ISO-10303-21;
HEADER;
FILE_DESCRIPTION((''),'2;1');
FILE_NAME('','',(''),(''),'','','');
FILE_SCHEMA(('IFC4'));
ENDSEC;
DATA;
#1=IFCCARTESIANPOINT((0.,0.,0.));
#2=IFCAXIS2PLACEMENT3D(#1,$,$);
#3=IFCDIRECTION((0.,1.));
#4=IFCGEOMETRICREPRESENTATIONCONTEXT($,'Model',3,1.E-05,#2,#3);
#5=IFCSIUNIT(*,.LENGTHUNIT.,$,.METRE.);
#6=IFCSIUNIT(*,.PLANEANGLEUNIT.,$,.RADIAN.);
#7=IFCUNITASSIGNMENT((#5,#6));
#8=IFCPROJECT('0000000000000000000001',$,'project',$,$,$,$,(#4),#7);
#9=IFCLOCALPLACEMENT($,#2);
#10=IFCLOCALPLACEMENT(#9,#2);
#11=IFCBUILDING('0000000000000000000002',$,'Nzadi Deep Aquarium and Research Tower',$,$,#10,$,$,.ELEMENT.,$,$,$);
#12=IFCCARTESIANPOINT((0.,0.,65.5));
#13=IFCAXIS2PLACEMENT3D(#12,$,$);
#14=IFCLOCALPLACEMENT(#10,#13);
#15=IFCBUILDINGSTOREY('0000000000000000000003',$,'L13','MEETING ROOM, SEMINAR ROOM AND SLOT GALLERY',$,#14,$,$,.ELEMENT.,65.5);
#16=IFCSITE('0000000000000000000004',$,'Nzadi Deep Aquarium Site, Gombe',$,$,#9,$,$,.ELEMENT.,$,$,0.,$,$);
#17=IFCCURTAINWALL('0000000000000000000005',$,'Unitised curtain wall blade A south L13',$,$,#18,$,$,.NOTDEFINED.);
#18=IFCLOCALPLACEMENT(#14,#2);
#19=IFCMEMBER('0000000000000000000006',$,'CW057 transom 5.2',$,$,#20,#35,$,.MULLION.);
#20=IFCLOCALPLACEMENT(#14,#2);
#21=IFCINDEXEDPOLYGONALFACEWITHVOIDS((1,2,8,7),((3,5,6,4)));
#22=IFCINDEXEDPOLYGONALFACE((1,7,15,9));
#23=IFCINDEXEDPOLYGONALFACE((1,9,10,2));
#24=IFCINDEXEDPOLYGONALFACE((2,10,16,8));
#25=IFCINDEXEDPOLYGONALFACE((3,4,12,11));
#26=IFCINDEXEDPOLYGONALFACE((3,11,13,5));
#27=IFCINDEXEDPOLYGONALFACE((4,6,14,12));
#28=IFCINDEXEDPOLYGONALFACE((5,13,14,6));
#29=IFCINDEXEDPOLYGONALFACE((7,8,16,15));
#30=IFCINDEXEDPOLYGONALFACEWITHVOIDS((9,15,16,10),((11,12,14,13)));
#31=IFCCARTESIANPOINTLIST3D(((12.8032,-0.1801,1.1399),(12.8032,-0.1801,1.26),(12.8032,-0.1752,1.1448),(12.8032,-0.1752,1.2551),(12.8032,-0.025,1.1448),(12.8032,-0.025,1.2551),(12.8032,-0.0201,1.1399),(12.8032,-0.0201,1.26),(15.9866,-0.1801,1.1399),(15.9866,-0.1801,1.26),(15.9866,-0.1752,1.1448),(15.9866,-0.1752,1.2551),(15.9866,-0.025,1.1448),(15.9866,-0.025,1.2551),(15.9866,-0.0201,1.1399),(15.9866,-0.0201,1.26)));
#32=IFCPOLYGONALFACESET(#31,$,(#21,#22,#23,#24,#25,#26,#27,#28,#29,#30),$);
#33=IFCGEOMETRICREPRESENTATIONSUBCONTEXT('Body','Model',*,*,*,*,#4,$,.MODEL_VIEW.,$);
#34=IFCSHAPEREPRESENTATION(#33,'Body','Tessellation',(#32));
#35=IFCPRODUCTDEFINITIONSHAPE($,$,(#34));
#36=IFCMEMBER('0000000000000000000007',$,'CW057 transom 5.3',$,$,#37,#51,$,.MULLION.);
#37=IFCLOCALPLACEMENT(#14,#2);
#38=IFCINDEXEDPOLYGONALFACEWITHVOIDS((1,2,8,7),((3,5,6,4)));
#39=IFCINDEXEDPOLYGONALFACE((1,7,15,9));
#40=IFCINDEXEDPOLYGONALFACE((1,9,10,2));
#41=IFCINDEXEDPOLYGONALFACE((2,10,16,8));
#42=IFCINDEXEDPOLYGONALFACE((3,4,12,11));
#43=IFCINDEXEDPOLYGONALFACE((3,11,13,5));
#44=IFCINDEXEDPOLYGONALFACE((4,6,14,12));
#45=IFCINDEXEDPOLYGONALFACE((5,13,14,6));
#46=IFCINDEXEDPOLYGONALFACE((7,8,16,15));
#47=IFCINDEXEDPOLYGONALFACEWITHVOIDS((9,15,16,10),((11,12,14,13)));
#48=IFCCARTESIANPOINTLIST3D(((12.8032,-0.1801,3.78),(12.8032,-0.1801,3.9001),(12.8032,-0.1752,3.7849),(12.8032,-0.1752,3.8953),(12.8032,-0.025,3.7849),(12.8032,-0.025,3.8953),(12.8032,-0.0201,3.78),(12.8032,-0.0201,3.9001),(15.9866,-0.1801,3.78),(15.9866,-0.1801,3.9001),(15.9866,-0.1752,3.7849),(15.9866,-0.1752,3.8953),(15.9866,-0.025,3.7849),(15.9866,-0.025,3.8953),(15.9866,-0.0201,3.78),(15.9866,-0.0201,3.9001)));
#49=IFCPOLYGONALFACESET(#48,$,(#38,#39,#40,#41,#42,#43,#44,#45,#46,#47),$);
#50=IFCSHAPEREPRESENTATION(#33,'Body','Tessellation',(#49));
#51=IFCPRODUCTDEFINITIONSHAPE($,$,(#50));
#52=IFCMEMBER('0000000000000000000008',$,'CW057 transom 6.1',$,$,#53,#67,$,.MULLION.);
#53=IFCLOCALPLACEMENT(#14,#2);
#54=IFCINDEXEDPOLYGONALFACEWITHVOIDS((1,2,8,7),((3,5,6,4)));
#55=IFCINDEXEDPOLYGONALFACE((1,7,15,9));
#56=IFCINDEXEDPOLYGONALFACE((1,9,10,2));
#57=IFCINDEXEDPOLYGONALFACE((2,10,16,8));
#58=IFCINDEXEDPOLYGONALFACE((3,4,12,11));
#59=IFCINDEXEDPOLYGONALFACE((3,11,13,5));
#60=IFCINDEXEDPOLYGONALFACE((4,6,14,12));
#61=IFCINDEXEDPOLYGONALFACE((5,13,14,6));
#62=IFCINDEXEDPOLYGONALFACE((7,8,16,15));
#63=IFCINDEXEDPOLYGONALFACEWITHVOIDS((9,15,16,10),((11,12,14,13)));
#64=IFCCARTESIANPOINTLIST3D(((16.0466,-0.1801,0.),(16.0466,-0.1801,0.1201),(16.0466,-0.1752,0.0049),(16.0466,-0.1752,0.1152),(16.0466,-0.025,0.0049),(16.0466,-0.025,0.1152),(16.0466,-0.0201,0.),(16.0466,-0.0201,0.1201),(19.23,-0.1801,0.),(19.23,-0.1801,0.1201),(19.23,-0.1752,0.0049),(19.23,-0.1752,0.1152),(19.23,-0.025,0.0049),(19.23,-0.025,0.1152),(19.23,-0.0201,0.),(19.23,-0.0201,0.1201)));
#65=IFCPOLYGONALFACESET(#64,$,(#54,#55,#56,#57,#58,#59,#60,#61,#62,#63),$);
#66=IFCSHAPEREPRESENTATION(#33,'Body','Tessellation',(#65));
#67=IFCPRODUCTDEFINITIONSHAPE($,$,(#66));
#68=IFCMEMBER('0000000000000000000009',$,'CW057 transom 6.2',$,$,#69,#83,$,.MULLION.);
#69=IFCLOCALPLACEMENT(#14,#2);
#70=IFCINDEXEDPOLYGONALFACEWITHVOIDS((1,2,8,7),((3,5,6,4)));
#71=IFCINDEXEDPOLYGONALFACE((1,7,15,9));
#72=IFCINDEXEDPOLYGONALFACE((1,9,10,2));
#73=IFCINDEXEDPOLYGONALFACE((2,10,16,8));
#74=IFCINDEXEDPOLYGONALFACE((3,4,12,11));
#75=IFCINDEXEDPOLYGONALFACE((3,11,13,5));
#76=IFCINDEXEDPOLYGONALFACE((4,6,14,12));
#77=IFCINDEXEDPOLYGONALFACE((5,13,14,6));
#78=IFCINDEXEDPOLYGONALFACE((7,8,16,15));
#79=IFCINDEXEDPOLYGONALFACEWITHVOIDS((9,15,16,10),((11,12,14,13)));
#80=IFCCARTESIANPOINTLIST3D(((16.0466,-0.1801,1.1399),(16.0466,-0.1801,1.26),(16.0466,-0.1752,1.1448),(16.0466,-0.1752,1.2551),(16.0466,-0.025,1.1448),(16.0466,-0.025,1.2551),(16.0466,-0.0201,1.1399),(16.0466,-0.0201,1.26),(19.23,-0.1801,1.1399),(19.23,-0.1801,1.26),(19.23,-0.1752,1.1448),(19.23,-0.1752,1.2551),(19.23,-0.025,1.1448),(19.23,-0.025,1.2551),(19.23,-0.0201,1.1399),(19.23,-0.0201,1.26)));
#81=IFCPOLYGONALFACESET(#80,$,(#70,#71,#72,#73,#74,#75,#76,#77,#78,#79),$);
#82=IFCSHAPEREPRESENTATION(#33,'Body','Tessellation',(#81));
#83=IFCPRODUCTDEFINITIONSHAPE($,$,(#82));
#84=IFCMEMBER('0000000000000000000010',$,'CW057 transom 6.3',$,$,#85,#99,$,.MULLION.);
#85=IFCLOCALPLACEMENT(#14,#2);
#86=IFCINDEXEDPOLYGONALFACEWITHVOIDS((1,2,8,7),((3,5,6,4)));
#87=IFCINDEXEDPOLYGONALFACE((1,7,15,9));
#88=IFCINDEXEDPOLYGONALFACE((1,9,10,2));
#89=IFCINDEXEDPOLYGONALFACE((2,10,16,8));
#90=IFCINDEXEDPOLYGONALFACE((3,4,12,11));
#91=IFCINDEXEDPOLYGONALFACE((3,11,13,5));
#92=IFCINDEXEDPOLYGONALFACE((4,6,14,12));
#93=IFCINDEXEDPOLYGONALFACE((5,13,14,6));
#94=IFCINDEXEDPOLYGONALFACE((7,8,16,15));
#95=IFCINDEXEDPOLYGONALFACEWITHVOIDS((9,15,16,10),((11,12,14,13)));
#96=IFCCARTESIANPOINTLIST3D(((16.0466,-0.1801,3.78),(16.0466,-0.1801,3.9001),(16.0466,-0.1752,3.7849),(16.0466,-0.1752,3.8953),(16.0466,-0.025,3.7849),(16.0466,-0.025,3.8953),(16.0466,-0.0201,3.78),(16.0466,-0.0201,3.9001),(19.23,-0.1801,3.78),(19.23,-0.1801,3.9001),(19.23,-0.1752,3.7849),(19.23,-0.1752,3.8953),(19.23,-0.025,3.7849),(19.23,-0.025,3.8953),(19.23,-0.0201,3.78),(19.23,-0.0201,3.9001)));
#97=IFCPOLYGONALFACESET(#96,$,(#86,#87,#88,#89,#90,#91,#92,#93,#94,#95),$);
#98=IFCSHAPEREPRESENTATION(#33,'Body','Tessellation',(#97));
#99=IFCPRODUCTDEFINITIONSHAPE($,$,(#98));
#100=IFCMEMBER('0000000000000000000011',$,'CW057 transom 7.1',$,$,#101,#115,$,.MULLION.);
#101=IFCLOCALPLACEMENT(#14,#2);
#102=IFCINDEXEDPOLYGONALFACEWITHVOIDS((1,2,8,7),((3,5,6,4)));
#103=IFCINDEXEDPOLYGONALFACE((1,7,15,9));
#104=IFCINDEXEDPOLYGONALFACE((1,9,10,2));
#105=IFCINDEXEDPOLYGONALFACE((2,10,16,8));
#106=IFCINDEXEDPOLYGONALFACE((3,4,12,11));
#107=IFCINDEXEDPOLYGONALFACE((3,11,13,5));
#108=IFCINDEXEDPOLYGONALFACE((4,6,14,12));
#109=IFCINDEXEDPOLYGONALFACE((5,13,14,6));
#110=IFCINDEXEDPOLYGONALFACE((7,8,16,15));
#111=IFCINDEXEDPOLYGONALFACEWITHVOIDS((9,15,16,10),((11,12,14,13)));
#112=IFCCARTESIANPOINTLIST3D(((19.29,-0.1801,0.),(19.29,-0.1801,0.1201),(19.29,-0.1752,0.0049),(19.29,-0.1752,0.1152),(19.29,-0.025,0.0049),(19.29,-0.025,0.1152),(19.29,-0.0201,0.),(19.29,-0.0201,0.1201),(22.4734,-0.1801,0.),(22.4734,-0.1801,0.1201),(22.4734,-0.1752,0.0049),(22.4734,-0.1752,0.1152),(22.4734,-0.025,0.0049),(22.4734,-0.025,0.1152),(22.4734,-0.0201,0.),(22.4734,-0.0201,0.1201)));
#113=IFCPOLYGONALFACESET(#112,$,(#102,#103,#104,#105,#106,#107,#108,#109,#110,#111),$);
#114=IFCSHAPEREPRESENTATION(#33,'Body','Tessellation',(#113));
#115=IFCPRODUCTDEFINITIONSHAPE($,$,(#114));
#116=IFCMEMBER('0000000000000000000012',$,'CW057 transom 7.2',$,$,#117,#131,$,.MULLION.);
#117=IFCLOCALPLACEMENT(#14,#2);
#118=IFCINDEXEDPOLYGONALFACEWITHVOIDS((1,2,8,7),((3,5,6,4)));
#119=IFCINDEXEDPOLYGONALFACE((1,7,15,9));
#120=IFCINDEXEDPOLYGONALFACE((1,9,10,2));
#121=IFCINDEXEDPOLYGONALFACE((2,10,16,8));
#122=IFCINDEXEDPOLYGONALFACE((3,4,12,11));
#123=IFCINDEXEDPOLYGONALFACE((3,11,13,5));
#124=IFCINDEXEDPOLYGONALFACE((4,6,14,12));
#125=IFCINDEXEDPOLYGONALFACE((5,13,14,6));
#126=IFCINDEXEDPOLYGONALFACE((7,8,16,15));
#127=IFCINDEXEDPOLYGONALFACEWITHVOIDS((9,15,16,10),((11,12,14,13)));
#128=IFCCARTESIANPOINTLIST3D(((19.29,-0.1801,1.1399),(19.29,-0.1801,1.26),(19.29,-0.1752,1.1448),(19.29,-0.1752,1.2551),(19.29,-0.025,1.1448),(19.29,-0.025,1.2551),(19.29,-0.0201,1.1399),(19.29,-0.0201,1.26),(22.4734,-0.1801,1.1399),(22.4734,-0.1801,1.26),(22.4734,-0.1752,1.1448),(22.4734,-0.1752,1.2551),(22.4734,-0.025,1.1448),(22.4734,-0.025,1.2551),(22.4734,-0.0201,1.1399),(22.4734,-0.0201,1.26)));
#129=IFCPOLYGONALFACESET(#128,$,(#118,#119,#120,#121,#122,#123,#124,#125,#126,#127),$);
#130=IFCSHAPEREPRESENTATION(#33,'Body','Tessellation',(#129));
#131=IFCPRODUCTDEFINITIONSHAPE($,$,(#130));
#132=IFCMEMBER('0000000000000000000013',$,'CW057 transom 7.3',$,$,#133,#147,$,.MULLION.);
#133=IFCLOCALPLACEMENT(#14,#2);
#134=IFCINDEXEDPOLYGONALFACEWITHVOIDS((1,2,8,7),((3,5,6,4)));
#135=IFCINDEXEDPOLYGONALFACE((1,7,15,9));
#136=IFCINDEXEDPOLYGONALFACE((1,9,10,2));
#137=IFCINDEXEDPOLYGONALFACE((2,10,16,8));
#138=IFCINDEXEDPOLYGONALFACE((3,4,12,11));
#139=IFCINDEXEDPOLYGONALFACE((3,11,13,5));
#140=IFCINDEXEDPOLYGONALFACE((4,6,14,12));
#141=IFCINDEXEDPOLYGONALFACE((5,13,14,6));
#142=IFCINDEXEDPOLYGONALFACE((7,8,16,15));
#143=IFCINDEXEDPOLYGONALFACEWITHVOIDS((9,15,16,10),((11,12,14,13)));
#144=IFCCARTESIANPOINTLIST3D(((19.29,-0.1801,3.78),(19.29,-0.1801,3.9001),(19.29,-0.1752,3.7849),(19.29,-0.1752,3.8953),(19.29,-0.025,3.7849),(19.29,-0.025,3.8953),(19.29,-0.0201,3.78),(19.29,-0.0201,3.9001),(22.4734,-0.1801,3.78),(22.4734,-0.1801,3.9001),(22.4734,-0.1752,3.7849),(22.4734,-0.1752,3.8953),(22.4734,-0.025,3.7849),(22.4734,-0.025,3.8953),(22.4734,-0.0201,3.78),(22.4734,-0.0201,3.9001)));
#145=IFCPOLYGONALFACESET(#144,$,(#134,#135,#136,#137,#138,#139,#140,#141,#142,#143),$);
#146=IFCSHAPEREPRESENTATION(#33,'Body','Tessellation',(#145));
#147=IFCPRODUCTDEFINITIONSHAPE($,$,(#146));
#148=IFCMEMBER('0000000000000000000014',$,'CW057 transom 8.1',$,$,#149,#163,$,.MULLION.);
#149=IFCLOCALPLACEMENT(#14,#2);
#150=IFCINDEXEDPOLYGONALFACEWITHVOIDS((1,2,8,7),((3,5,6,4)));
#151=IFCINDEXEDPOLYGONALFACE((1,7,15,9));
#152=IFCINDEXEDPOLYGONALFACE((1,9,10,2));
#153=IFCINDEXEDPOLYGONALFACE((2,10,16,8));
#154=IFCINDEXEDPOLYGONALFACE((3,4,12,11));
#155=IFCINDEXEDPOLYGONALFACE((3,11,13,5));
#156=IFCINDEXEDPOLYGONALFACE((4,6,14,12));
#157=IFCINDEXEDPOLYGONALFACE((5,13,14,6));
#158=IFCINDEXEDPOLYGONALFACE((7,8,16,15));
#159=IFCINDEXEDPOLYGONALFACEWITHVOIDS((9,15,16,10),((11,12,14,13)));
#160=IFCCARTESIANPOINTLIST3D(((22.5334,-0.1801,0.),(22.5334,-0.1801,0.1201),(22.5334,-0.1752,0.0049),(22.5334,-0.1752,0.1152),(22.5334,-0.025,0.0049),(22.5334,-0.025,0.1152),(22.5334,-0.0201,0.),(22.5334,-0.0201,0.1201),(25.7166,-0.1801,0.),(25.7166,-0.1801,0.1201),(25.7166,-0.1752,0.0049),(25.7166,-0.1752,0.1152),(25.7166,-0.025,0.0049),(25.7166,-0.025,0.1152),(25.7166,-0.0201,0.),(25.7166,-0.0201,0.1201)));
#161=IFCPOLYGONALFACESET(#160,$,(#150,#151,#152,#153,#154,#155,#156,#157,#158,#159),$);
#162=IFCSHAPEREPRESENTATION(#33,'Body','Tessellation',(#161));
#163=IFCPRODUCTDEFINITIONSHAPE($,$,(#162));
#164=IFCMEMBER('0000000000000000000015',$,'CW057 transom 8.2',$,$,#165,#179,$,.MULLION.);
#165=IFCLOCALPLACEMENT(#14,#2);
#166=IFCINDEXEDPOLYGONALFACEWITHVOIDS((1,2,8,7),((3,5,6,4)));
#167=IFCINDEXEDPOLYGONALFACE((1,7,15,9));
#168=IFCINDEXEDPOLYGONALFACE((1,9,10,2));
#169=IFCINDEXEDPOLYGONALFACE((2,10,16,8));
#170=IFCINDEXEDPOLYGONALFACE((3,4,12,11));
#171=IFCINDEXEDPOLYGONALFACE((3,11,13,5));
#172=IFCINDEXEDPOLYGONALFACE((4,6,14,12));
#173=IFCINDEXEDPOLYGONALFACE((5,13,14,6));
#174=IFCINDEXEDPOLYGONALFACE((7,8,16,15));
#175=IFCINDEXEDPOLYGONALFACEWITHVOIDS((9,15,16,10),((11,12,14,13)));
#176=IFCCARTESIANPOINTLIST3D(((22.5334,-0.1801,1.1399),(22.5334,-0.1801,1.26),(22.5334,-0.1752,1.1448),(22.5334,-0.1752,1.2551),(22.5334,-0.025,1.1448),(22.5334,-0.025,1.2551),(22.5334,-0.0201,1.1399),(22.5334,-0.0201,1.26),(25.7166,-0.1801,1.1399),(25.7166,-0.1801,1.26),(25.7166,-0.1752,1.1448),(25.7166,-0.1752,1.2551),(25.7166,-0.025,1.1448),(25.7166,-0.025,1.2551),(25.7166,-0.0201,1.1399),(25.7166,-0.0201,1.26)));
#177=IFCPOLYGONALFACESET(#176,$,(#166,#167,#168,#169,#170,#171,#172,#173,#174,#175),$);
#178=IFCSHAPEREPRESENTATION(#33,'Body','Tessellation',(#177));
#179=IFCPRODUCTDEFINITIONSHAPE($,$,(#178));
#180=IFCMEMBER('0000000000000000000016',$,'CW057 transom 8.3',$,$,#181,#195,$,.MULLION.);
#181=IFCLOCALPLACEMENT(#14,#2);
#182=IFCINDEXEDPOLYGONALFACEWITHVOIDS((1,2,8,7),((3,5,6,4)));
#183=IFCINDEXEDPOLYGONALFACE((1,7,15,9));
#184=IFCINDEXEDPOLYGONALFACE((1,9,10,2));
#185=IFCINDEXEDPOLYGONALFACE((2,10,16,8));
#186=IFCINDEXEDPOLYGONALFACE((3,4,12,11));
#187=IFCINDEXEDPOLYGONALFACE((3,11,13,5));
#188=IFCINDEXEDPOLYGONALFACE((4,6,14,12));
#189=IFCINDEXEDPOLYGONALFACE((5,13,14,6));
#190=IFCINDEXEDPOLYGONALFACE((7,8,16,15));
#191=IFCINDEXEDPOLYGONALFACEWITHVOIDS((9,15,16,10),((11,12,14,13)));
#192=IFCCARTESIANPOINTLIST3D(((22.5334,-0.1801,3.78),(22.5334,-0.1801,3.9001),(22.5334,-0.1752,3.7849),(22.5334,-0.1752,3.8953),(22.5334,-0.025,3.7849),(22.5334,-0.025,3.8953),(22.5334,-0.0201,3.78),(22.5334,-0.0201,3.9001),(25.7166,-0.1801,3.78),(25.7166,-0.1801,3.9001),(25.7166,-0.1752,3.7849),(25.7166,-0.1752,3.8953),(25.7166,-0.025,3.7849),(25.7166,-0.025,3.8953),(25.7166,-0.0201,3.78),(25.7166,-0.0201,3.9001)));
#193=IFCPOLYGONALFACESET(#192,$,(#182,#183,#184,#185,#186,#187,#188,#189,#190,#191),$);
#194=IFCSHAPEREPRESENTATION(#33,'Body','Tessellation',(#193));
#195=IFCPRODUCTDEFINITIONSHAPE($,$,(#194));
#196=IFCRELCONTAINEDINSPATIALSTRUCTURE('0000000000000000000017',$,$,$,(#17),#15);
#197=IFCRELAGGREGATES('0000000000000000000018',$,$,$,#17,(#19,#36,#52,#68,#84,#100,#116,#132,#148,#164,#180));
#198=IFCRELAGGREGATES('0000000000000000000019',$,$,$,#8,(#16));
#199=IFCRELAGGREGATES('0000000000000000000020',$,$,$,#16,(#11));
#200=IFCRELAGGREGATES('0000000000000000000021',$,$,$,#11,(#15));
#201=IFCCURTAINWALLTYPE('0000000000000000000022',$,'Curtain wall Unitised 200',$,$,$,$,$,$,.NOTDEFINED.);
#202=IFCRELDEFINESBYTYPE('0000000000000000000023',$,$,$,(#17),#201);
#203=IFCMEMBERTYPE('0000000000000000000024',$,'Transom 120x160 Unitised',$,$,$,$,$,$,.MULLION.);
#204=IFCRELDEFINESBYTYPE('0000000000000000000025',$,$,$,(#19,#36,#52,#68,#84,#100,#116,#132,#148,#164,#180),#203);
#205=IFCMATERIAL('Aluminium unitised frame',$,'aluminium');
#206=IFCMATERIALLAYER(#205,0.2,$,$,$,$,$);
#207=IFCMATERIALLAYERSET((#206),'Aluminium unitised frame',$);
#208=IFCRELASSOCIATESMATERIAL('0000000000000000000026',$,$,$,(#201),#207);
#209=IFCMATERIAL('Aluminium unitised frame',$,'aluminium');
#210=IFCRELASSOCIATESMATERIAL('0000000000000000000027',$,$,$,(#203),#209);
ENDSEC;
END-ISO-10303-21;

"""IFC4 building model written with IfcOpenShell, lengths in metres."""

from ifc_helpers import new_model, si_unit, direction, frame, origin, origin_2d, place, context, subcontext, project, spatial, hollow_rectangle, extrude, material, layer, layer_set, material_profile, profile_set, type_object, element, aggregate, save


model = new_model("IFC4")

# Units and contexts
model_context = context("Model", 3, precision=1e-05, world=origin(), true_north=direction((0.0, 1.0)))
body_context = subcontext(model_context, "Body", "Model", "MODEL_VIEW")
ifc_project = project(units=[si_unit("LENGTHUNIT", "METRE"), si_unit("PLANEANGLEUNIT", "RADIAN")], contexts=[model_context])

# Site, building, storey
site_placement = place(None, origin())
site = spatial("IfcSite", under=ifc_project, at=site_placement, Name="Nzadi Deep Aquarium Site, Gombe", CompositionType="ELEMENT", RefElevation=0.0)
building_placement = place(site_placement, origin())
building = spatial("IfcBuilding", under=site, at=building_placement, Name="Nzadi Deep Aquarium and Research Tower", CompositionType="ELEMENT")
storey_placement = place(building_placement, frame((0.0, 0.0, 65.5)))
storey = spatial("IfcBuildingStorey", under=building, at=storey_placement, Name="L13", Description="MEETING ROOM, SEMINAR ROOM AND SLOT GALLERY", CompositionType="ELEMENT", Elevation=65.5)

# Curtain wall
ifc_material_1 = material(Name="Aluminium unitised frame", Category="aluminium")
ifc_layer_1 = layer(ifc_material_1, 0.2)
ifc_layer_set_1 = layer_set([ifc_layer_1], Name="Aluminium unitised frame")
curtain_wall_type = type_object("IfcCurtainWallType", Name="Curtain wall Unitised 200", PredefinedType="NOTDEFINED", material=ifc_layer_set_1)
curtain_wall_placement = place(storey_placement, origin())
curtain_wall = element("IfcCurtainWall", 1, at=curtain_wall_placement, inside=storey, type_object=curtain_wall_type, Name="Unitised curtain wall blade A south L13", PredefinedType="NOTDEFINED")

# Members
ifc_material_2 = material(Name="Aluminium unitised frame", Category="aluminium")
ifc_material_profile_1 = material_profile(ifc_material_2, hollow_rectangle(XDim=0.1599, YDim=0.1201, WallThickness=0.0049, at=origin_2d()))
ifc_profile_set_1 = profile_set([ifc_material_profile_1], Name="Aluminium unitised frame")
member_type_1 = type_object("IfcMemberType", Name="Transom 120x160 Unitised", PredefinedType="MULLION", material=ifc_profile_set_1)
member_1_placement = place(storey_placement, frame((12.8032, -0.1001, 1.2), z_axis=(1.0, 0.0, 0.0), x_axis=(0.0, 1.0, 0.0)))
member_1 = element("IfcMember", 2, at=member_1_placement, type_object=member_type_1, Name="CW057 transom 5.2", PredefinedType="MULLION", context=body_context, shape_type="SweptSolid", body=[
    extrude(hollow_rectangle(XDim=0.1599, YDim=0.1201, WallThickness=0.0049, at=origin_2d()), origin(), (0.0, 0.0, 1.0), 3.1833),
])
member_2_placement = place(storey_placement, frame((12.8032, -0.1001, 3.8401), z_axis=(1.0, 0.0, 0.0), x_axis=(0.0, 1.0, 0.0)))
member_2 = element("IfcMember", 3, at=member_2_placement, type_object=member_type_1, Name="CW057 transom 5.3", PredefinedType="MULLION", context=body_context, shape_type="SweptSolid", body=[
    extrude(hollow_rectangle(XDim=0.1599, YDim=0.1201, WallThickness=0.0049, at=origin_2d()), origin(), (0.0, 0.0, 1.0), 3.1833),
])
member_3_placement = place(storey_placement, frame((16.0466, -0.1001, 0.0601), z_axis=(1.0, 0.0, 0.0), x_axis=(0.0, 1.0, 0.0)))
member_3 = element("IfcMember", 4, at=member_3_placement, type_object=member_type_1, Name="CW057 transom 6.1", PredefinedType="MULLION", context=body_context, shape_type="SweptSolid", body=[
    extrude(hollow_rectangle(XDim=0.1599, YDim=0.1201, WallThickness=0.0049, at=origin_2d()), origin(), (0.0, 0.0, 1.0), 3.1833),
])
member_4_placement = place(storey_placement, frame((16.0466, -0.1001, 1.2), z_axis=(1.0, 0.0, 0.0), x_axis=(0.0, 1.0, 0.0)))
member_4 = element("IfcMember", 5, at=member_4_placement, type_object=member_type_1, Name="CW057 transom 6.2", PredefinedType="MULLION", context=body_context, shape_type="SweptSolid", body=[
    extrude(hollow_rectangle(XDim=0.1599, YDim=0.1201, WallThickness=0.0049, at=origin_2d()), origin(), (0.0, 0.0, 1.0), 3.1833),
])
member_5_placement = place(storey_placement, frame((16.0466, -0.1001, 3.8401), z_axis=(1.0, 0.0, 0.0), x_axis=(0.0, 1.0, 0.0)))
member_5 = element("IfcMember", 6, at=member_5_placement, type_object=member_type_1, Name="CW057 transom 6.3", PredefinedType="MULLION", context=body_context, shape_type="SweptSolid", body=[
    extrude(hollow_rectangle(XDim=0.1599, YDim=0.1201, WallThickness=0.0049, at=origin_2d()), origin(), (0.0, 0.0, 1.0), 3.1833),
])
member_6_placement = place(storey_placement, frame((19.29, -0.1001, 0.0601), z_axis=(1.0, 0.0, 0.0), x_axis=(0.0, 1.0, 0.0)))
member_6 = element("IfcMember", 7, at=member_6_placement, type_object=member_type_1, Name="CW057 transom 7.1", PredefinedType="MULLION", context=body_context, shape_type="SweptSolid", body=[
    extrude(hollow_rectangle(XDim=0.1599, YDim=0.1201, WallThickness=0.0049, at=origin_2d()), origin(), (0.0, 0.0, 1.0), 3.1833),
])
member_7_placement = place(storey_placement, frame((19.29, -0.1001, 1.2), z_axis=(1.0, 0.0, 0.0), x_axis=(0.0, 1.0, 0.0)))
member_7 = element("IfcMember", 8, at=member_7_placement, type_object=member_type_1, Name="CW057 transom 7.2", PredefinedType="MULLION", context=body_context, shape_type="SweptSolid", body=[
    extrude(hollow_rectangle(XDim=0.1599, YDim=0.1201, WallThickness=0.0049, at=origin_2d()), origin(), (0.0, 0.0, 1.0), 3.1833),
])
member_8_placement = place(storey_placement, frame((19.29, -0.1001, 3.8401), z_axis=(1.0, 0.0, 0.0), x_axis=(0.0, 1.0, 0.0)))
member_8 = element("IfcMember", 9, at=member_8_placement, type_object=member_type_1, Name="CW057 transom 7.3", PredefinedType="MULLION", context=body_context, shape_type="SweptSolid", body=[
    extrude(hollow_rectangle(XDim=0.1599, YDim=0.1201, WallThickness=0.0049, at=origin_2d()), origin(), (0.0, 0.0, 1.0), 3.1833),
])
member_9_placement = place(storey_placement, frame((22.5334, -0.1001, 0.0601), z_axis=(1.0, 0.0, 0.0), x_axis=(0.0, 1.0, 0.0)))
member_9 = element("IfcMember", 10, at=member_9_placement, type_object=member_type_1, Name="CW057 transom 8.1", PredefinedType="MULLION", context=body_context, shape_type="SweptSolid", body=[
    extrude(hollow_rectangle(XDim=0.1599, YDim=0.1201, WallThickness=0.0049, at=origin_2d()), origin(), (0.0, 0.0, 1.0), 3.1831),
])
member_10_placement = place(storey_placement, frame((22.5334, -0.1001, 1.2), z_axis=(1.0, 0.0, 0.0), x_axis=(0.0, 1.0, 0.0)))
member_10 = element("IfcMember", 11, at=member_10_placement, type_object=member_type_1, Name="CW057 transom 8.2", PredefinedType="MULLION", context=body_context, shape_type="SweptSolid", body=[
    extrude(hollow_rectangle(XDim=0.1599, YDim=0.1201, WallThickness=0.0049, at=origin_2d()), origin(), (0.0, 0.0, 1.0), 3.1831),
])
member_11_placement = place(storey_placement, frame((22.5334, -0.1001, 3.8401), z_axis=(1.0, 0.0, 0.0), x_axis=(0.0, 1.0, 0.0)))
member_11 = element("IfcMember", 12, at=member_11_placement, type_object=member_type_1, Name="CW057 transom 8.3", PredefinedType="MULLION", context=body_context, shape_type="SweptSolid", body=[
    extrude(hollow_rectangle(XDim=0.1599, YDim=0.1201, WallThickness=0.0049, at=origin_2d()), origin(), (0.0, 0.0, 1.0), 3.1831),
])

aggregate(curtain_wall, [member_1, member_2, member_3, member_4, member_5, member_6, member_7, member_8, member_9, member_10, member_11])

save(model, "model.ifc")
